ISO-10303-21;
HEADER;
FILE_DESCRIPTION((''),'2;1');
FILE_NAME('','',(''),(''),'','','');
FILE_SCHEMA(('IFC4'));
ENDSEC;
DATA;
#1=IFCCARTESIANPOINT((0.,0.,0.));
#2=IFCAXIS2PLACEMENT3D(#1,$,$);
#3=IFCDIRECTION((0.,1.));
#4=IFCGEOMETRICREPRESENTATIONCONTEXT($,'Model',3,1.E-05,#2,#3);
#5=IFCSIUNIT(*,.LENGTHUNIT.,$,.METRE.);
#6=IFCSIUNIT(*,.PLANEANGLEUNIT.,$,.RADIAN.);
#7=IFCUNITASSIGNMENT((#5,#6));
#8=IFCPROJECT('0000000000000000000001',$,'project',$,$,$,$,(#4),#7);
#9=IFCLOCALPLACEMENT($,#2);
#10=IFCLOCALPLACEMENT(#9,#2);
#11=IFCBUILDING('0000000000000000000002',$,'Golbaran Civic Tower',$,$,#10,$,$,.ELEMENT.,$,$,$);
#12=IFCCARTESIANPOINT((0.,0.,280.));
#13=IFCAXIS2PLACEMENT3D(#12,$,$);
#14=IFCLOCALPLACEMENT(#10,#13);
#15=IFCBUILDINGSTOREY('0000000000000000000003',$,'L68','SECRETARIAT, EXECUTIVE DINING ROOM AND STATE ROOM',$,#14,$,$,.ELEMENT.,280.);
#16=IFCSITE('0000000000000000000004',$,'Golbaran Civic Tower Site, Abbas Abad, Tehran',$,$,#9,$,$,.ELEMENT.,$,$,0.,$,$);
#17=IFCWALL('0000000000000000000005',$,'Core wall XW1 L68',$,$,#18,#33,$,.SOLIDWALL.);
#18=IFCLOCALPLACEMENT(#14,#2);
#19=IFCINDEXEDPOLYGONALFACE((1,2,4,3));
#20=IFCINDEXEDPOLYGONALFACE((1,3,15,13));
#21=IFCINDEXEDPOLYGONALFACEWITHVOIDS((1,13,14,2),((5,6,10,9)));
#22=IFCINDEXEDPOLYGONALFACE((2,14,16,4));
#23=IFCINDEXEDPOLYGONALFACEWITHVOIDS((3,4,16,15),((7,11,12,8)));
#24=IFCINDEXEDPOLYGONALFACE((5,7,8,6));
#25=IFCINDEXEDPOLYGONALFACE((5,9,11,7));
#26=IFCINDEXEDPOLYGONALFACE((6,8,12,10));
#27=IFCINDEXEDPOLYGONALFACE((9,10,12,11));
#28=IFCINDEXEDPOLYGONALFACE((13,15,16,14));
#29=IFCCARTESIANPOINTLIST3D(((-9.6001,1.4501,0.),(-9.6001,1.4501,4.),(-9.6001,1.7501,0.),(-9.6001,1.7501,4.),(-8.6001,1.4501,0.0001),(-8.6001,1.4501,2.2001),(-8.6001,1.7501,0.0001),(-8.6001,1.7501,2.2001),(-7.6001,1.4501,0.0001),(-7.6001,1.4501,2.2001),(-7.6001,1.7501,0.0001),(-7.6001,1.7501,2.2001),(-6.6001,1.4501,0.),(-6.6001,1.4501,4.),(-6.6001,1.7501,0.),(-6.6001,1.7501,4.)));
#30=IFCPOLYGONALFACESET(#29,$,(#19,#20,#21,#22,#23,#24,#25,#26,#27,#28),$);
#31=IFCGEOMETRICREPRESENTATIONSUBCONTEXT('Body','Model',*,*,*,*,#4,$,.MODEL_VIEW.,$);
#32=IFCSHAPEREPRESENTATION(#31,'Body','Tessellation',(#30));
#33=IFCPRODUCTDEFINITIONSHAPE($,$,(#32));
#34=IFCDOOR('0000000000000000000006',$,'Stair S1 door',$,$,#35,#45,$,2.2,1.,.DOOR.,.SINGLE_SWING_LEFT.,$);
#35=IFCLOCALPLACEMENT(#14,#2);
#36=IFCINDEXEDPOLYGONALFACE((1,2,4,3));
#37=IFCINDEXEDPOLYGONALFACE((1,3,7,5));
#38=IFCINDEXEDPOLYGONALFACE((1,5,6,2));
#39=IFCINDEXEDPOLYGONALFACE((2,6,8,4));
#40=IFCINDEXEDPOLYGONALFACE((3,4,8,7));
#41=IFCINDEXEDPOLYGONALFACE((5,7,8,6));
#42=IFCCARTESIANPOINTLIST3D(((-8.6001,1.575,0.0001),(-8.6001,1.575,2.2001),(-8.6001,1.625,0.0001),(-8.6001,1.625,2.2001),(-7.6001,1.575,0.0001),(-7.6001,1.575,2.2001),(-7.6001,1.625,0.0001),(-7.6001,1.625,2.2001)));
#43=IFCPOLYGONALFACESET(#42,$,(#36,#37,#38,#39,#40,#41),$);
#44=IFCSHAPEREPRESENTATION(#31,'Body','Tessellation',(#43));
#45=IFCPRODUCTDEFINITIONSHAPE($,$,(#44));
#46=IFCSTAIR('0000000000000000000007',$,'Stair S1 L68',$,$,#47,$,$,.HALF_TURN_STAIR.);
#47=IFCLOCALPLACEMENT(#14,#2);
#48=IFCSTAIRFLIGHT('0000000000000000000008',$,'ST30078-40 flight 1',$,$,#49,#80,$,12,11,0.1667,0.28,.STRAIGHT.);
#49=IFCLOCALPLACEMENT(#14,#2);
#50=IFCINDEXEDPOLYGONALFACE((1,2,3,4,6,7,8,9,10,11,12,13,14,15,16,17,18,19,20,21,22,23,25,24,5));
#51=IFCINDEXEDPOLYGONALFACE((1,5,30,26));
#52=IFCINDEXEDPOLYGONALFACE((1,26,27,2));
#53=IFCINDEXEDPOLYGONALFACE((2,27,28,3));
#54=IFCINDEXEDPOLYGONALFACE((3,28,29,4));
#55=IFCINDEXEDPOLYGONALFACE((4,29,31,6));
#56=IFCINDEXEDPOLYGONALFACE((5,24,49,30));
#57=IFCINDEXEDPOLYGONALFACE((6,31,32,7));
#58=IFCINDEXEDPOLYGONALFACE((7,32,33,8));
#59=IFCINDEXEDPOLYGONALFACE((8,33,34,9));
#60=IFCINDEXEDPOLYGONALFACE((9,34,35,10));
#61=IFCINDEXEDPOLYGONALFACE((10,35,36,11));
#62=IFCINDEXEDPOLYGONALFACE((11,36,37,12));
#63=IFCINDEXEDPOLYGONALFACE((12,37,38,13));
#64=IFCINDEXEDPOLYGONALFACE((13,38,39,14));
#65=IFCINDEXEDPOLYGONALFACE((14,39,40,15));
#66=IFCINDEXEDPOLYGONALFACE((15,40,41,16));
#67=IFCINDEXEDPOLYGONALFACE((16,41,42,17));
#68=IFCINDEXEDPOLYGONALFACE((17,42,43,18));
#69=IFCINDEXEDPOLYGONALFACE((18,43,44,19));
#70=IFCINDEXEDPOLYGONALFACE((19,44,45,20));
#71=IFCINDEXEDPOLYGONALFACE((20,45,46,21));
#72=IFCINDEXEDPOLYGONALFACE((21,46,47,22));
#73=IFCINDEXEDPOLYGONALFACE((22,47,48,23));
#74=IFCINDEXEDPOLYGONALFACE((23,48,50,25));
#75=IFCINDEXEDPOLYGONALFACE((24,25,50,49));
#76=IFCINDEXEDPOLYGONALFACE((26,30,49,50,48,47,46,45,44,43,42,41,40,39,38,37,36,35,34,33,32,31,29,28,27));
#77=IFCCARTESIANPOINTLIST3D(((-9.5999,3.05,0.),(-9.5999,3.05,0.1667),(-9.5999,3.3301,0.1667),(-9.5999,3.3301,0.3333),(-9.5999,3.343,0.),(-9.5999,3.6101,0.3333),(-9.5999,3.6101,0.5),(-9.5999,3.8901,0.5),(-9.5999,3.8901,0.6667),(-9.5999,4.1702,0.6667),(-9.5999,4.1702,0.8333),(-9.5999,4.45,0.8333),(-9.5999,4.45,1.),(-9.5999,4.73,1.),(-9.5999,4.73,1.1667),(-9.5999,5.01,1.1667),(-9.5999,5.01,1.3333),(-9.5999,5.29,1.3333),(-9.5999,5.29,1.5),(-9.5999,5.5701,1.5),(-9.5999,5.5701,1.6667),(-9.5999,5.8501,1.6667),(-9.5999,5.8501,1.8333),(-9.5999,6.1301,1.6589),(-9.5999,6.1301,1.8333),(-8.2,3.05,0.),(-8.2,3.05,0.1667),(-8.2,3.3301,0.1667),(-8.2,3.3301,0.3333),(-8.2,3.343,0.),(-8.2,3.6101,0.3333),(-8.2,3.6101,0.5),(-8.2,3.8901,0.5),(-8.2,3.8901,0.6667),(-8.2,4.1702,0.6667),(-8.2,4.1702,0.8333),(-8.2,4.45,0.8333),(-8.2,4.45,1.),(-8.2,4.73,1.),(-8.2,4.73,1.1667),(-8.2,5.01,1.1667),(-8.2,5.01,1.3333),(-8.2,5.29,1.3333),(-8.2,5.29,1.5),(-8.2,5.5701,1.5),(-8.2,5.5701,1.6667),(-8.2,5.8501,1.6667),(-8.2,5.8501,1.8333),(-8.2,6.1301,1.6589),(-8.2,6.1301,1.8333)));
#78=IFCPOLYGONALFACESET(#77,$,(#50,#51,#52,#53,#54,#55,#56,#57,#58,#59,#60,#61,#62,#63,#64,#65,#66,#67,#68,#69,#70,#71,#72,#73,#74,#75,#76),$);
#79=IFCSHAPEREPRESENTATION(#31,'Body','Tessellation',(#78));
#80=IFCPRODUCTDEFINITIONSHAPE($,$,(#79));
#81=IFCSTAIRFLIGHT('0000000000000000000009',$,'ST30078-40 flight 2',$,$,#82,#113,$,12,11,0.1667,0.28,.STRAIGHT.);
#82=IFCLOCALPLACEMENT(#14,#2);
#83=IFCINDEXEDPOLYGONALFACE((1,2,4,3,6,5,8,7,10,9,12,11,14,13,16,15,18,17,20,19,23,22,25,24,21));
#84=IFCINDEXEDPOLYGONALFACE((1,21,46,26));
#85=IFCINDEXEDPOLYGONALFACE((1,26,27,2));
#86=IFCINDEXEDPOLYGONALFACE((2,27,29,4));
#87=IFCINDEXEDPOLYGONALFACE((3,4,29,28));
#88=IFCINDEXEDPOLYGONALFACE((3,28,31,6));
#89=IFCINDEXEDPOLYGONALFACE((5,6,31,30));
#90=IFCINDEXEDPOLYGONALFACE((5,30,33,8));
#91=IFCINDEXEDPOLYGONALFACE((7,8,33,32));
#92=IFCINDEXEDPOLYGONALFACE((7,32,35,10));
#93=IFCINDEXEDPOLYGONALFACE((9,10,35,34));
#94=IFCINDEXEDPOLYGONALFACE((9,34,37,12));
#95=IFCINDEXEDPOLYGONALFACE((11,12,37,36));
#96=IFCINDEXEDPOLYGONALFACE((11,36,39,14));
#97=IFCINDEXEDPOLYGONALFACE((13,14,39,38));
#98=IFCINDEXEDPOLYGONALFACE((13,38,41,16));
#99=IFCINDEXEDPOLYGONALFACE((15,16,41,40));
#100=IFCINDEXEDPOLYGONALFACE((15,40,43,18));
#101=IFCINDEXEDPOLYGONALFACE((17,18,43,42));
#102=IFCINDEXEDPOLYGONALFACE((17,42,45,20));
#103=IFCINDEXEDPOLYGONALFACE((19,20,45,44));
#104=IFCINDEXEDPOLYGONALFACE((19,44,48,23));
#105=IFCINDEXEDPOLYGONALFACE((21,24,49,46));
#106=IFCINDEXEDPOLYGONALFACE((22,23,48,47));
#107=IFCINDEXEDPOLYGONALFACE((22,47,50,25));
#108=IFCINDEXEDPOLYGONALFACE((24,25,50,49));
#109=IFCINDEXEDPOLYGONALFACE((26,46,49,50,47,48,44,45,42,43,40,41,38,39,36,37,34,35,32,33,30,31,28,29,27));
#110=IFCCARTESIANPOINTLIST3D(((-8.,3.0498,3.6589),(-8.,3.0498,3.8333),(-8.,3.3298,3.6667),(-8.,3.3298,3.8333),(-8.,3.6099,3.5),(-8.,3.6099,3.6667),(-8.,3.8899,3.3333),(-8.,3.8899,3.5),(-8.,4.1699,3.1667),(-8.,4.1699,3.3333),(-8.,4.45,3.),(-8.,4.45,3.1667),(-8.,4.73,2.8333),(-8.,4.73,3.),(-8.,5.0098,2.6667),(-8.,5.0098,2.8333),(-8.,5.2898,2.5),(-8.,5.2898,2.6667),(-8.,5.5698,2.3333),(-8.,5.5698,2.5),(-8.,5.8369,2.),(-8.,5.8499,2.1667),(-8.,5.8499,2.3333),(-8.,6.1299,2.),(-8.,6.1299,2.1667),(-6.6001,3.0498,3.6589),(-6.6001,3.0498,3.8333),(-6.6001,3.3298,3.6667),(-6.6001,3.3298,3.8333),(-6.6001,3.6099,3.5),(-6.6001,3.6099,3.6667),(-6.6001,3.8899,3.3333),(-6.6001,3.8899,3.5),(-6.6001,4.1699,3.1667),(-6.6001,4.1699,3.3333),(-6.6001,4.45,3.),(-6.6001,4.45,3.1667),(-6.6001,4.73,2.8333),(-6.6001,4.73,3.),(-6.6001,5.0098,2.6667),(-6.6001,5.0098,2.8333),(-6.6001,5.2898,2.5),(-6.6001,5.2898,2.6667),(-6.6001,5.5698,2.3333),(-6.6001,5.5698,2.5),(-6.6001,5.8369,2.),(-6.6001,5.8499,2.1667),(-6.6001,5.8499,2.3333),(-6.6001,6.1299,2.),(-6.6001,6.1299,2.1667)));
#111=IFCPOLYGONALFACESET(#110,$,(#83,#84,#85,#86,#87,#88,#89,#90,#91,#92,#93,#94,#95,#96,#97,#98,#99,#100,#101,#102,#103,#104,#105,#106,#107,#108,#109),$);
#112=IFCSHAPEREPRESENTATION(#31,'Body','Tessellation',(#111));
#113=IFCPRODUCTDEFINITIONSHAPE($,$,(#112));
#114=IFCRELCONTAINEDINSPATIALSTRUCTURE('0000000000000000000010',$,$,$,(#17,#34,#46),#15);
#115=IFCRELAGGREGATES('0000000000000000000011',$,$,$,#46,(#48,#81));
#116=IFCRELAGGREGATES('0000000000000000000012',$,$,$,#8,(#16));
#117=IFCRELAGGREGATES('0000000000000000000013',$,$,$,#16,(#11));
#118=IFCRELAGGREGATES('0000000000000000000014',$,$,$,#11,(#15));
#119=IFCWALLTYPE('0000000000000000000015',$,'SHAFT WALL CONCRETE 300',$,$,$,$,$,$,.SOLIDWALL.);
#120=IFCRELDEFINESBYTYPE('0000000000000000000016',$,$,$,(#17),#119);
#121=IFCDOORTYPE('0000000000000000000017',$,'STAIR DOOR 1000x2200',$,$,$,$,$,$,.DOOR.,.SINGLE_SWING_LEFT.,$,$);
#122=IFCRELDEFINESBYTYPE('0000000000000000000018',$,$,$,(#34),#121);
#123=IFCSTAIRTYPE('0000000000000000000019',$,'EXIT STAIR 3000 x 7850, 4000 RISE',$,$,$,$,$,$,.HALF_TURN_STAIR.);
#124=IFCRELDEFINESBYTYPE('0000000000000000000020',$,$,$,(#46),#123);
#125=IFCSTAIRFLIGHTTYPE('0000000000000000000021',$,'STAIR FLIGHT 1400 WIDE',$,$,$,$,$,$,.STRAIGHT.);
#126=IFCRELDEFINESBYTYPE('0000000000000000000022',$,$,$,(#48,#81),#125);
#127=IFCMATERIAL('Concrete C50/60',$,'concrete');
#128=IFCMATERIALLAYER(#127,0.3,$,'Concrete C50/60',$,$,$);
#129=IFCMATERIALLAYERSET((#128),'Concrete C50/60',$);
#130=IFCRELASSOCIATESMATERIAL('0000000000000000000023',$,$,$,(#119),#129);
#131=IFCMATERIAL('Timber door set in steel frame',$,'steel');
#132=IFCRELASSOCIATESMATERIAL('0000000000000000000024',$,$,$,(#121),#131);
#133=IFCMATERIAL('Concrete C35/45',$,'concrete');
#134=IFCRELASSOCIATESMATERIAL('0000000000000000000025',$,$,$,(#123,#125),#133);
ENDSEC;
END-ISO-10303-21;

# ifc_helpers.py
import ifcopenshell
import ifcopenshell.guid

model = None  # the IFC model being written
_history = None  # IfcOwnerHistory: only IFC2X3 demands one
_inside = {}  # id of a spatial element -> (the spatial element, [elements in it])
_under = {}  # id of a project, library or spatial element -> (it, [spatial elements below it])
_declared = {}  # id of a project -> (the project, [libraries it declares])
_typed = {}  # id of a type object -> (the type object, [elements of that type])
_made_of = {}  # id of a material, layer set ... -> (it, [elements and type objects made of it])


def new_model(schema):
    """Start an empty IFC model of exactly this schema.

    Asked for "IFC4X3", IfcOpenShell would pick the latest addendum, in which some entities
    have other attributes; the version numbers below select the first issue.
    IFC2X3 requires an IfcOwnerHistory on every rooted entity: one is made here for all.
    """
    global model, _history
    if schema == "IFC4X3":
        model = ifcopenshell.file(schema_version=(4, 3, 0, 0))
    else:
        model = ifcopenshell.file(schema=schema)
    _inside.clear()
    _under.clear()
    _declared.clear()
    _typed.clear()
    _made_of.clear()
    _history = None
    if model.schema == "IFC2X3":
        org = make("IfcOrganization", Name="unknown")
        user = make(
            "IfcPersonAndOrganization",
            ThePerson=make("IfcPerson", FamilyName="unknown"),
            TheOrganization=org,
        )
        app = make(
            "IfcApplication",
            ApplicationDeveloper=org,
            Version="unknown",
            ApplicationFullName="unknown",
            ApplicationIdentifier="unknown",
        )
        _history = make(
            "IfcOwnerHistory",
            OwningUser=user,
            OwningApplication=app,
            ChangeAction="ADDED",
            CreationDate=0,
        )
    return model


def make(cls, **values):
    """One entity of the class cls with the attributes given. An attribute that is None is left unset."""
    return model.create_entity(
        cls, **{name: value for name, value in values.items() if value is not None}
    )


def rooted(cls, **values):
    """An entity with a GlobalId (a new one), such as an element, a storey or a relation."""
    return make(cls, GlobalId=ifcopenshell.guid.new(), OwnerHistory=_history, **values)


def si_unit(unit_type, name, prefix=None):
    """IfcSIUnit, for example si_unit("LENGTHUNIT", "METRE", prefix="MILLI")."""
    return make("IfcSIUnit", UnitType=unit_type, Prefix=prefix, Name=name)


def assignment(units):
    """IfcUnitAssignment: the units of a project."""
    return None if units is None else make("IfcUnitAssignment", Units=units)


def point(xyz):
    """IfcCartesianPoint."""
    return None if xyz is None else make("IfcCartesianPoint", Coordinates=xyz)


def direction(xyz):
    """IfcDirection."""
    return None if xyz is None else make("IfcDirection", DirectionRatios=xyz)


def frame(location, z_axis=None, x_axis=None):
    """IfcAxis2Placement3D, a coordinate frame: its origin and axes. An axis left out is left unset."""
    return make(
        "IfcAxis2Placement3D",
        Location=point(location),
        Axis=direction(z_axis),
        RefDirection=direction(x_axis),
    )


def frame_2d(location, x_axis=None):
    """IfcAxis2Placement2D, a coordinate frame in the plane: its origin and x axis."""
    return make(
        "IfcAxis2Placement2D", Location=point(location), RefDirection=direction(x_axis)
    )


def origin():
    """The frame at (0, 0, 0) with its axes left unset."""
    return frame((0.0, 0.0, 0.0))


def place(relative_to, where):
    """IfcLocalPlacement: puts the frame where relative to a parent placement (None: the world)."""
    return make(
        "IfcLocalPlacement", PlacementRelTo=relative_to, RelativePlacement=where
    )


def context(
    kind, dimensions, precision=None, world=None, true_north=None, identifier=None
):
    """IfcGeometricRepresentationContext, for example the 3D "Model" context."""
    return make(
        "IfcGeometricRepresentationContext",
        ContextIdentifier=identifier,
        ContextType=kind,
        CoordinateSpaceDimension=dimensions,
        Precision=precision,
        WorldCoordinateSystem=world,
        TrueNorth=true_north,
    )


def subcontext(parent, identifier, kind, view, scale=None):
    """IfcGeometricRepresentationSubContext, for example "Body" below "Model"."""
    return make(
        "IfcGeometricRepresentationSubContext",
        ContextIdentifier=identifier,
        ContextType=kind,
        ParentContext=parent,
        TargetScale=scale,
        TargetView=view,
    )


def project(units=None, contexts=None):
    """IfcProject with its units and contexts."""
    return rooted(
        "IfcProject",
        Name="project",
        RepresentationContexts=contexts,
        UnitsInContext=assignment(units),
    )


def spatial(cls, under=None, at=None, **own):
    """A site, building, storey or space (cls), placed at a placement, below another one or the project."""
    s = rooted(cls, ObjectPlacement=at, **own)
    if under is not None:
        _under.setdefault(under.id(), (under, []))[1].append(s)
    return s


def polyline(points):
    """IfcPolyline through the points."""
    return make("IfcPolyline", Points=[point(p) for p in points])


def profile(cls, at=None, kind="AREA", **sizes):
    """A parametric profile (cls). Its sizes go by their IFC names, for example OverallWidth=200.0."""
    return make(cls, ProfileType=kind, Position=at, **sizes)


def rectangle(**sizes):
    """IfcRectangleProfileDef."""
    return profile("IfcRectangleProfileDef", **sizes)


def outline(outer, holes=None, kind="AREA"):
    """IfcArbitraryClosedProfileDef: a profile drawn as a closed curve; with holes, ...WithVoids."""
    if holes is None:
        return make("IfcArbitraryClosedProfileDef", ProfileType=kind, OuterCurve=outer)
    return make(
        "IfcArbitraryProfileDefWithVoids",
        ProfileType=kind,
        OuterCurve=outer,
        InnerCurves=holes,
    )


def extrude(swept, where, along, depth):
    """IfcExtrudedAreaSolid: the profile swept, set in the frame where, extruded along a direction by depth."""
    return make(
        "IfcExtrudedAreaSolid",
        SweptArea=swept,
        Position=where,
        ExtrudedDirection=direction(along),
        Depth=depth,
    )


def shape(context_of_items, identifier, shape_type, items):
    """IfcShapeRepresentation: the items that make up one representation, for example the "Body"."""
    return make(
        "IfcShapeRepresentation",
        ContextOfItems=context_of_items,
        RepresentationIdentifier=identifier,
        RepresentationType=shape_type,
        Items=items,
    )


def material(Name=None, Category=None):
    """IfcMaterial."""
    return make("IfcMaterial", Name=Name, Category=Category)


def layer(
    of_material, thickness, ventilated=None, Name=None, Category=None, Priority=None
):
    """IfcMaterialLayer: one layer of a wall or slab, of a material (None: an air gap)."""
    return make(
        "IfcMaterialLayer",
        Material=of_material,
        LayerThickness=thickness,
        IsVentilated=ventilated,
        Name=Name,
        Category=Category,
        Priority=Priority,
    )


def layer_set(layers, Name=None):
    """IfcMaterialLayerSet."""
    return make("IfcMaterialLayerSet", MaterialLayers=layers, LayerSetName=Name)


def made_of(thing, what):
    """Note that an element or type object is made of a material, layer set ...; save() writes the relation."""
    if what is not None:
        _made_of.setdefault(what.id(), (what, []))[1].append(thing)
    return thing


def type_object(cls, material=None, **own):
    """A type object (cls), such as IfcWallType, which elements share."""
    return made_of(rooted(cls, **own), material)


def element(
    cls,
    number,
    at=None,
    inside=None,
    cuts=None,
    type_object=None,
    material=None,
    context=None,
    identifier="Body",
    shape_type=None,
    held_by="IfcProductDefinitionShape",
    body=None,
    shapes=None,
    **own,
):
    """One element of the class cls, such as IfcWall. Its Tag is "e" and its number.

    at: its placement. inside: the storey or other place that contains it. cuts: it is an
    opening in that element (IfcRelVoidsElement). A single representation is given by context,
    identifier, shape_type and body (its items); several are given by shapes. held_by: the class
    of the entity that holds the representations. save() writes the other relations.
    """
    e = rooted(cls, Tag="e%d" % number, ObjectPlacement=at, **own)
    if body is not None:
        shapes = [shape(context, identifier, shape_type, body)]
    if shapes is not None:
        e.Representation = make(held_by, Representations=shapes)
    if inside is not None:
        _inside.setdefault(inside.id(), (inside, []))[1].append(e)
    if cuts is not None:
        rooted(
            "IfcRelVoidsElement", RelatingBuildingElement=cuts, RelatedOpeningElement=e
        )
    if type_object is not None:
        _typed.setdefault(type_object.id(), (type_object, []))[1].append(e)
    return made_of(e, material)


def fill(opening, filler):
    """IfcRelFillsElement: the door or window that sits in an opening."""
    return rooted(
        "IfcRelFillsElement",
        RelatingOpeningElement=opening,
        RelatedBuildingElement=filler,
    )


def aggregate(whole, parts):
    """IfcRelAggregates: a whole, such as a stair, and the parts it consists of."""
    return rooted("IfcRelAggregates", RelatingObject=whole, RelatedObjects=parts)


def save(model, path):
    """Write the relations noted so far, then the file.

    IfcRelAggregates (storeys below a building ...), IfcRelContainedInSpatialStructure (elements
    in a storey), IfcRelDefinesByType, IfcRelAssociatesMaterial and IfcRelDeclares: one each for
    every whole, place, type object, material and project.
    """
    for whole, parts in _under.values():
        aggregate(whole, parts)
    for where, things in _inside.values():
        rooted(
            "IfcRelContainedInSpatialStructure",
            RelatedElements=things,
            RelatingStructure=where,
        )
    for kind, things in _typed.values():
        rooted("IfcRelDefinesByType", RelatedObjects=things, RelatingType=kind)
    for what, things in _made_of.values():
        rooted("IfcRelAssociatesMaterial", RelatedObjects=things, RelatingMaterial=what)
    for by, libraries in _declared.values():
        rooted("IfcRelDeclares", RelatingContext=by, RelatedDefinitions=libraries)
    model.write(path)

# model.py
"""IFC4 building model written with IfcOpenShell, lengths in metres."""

from ifc_helpers import new_model, si_unit, direction, frame, frame_2d, origin, place, context, subcontext, project, spatial, polyline, rectangle, outline, extrude, material, layer, layer_set, type_object, element, fill, aggregate, save


model = new_model("IFC4")

# Units and contexts
model_context = context("Model", 3, precision=1e-05, world=origin(), true_north=direction((0.0, 1.0)))
body_context = subcontext(model_context, "Body", "Model", "MODEL_VIEW")
ifc_project = project(units=[si_unit("LENGTHUNIT", "METRE"), si_unit("PLANEANGLEUNIT", "RADIAN")], contexts=[model_context])

# Site, building, storey
site_placement = place(None, origin())
site = spatial("IfcSite", under=ifc_project, at=site_placement, Name="Golbaran Civic Tower Site, Abbas Abad, Tehran", CompositionType="ELEMENT", RefElevation=0.0)
building_placement = place(site_placement, origin())
building = spatial("IfcBuilding", under=site, at=building_placement, Name="Golbaran Civic Tower", CompositionType="ELEMENT")
storey_placement = place(building_placement, frame((0.0, 0.0, 280.0)))
storey = spatial("IfcBuildingStorey", under=building, at=storey_placement, Name="L68", Description="SECRETARIAT, EXECUTIVE DINING ROOM AND STATE ROOM", CompositionType="ELEMENT", Elevation=280.0)

# Shared definitions
ifc_material_1 = material(Name="Concrete C50/60", Category="concrete")
ifc_material_2 = material(Name="Timber door set in steel frame", Category="steel")

# Shared definitions
ifc_layer_1 = layer(ifc_material_1, 0.3, Name="Concrete C50/60")
ifc_layer_set_1 = layer_set([ifc_layer_1], Name="Concrete C50/60")
wall_type_1 = type_object("IfcWallType", Name="SHAFT WALL CONCRETE 300", PredefinedType="SOLIDWALL", material=ifc_layer_set_1)

# Wall, opening, door
wall_1_placement = place(storey_placement, frame((-9.6001, 1.6001, 0.0), z_axis=(0.0, 0.0, 1.0), x_axis=(1.0, 0.0, 0.0)))
wall_1 = element("IfcWall", 1, at=wall_1_placement, inside=storey, type_object=wall_type_1, Name="Core wall XW1 L68", PredefinedType="SOLIDWALL", context=body_context, shape_type="SweptSolid", body=[
    extrude(rectangle(XDim=3.0, YDim=0.3, at=frame_2d((1.5, 0.0))), origin(), (0.0, 0.0, 1.0), 4.0),
])
opening_1_placement = place(wall_1_placement, frame((1.0, 0.0, 0.0)))
opening_1 = element("IfcOpeningElement", 2, at=opening_1_placement, cuts=wall_1, PredefinedType="OPENING", context=body_context, shape_type="SweptSolid", body=[
    extrude(rectangle(XDim=1.0, YDim=2.2, at=frame_2d((0.5, 1.1001))), frame((0.0, 0.1599, 0.0), z_axis=(0.0, -1.0, 0.0), x_axis=(1.0, 0.0, 0.0)), (0.0, 0.0, 1.0), 0.3201),
])
door_type_1 = type_object("IfcDoorType", Name="STAIR DOOR 1000x2200", OperationType="SINGLE_SWING_LEFT", PredefinedType="DOOR", material=ifc_material_2)
door_1_placement = place(opening_1_placement, origin())
door_1 = element("IfcDoor", 3, at=door_1_placement, inside=storey, type_object=door_type_1, Name="Stair S1 door", OperationType="SINGLE_SWING_LEFT", OverallHeight=2.2, OverallWidth=1.0, PredefinedType="DOOR", context=body_context, shape_type="SweptSolid", body=[
    extrude(rectangle(XDim=1.0, YDim=2.2, at=frame_2d((0.5, 1.1001))), frame((0.0, 0.0249, 0.0), z_axis=(0.0, -1.0, 0.0), x_axis=(1.0, 0.0, 0.0)), (0.0, 0.0, 1.0), 0.05),
])
fill(opening_1, door_1)

# Stair, stair flights
ifc_material_3 = material(Name="Concrete C35/45", Category="concrete")
stair_type = type_object("IfcStairType", Name="EXIT STAIR 3000 x 7850, 4000 RISE", PredefinedType="HALF_TURN_STAIR", material=ifc_material_3)
stair_placement = place(storey_placement, origin())
stair = element("IfcStair", 4, at=stair_placement, inside=storey, type_object=stair_type, Name="Stair S1 L68", PredefinedType="HALF_TURN_STAIR")
stair_flight_type = type_object("IfcStairFlightType", Name="STAIR FLIGHT 1400 WIDE", PredefinedType="STRAIGHT", material=ifc_material_3)
stair_flight_1_placement = place(storey_placement, frame((-8.8999, 3.05, 0.0), z_axis=(0.0, 0.0, 1.0), x_axis=(0.0, 1.0, 0.0)))
stair_flight_1 = element("IfcStairFlight", 5, at=stair_flight_1_placement, type_object=stair_flight_type, Name="ST30078-40 flight 1", NumberOfRisers=12, NumberOfTreads=11, PredefinedType="STRAIGHT", RiserHeight=0.1667, TreadLength=0.28, context=body_context, shape_type="SweptSolid", body=[
    extrude(outline(polyline([(0.0, 0.0), (0.0, 0.1667), (0.28, 0.1667), (0.28, 0.3333), (0.5601, 0.3333), (0.5601, 0.5), (0.8401, 0.5), (0.8401, 0.6667), (1.1201, 0.6667), (1.1201, 0.8333), (1.3999, 0.8333), (1.3999, 1.0), (1.6799, 1.0), (1.6799, 1.1667), (1.96, 1.1667), (1.96, 1.3333), (2.24, 1.3333), (2.24, 1.5), (2.52, 1.5), (2.52, 1.6667), (2.8, 1.6667), (2.8, 1.8333), (3.0801, 1.8333), (3.0801, 2.0), (3.0801, 1.6589), (0.293, 0.0), (0.0, 0.0)])), frame((0.0, 0.7, 0.0), z_axis=(0.0, -1.0, 0.0), x_axis=(1.0, 0.0, 0.0)), (0.0, 0.0, 1.0), 1.3999),
])
stair_flight_2_placement = place(storey_placement, frame((-7.3, 6.1299, 2.0), z_axis=(0.0, 0.0, 1.0), x_axis=(0.0, -1.0, 0.0)))
stair_flight_2 = element("IfcStairFlight", 6, at=stair_flight_2_placement, type_object=stair_flight_type, Name="ST30078-40 flight 2", NumberOfRisers=12, NumberOfTreads=11, PredefinedType="STRAIGHT", RiserHeight=0.1667, TreadLength=0.28, context=body_context, shape_type="SweptSolid", body=[
    extrude(outline(polyline([(0.0, 0.0), (0.0, 0.1667), (0.28, 0.1667), (0.28, 0.3333), (0.5601, 0.3333), (0.5601, 0.5), (0.8401, 0.5), (0.8401, 0.6667), (1.1201, 0.6667), (1.1201, 0.8333), (1.3999, 0.8333), (1.3999, 1.0), (1.6799, 1.0), (1.6799, 1.1667), (1.96, 1.1667), (1.96, 1.3333), (2.24, 1.3333), (2.24, 1.5), (2.52, 1.5), (2.52, 1.6667), (2.8, 1.6667), (2.8, 1.8333), (3.0801, 1.8333), (3.0801, 2.0), (3.0801, 1.6589), (0.293, 0.0), (0.0, 0.0)])), frame((0.0, 0.7, 0.0), z_axis=(0.0, -1.0, 0.0), x_axis=(1.0, 0.0, 0.0)), (0.0, 0.0, 1.0), 1.3999),
])
aggregate(stair, [stair_flight_1, stair_flight_2])

save(model, "model.ifc")
